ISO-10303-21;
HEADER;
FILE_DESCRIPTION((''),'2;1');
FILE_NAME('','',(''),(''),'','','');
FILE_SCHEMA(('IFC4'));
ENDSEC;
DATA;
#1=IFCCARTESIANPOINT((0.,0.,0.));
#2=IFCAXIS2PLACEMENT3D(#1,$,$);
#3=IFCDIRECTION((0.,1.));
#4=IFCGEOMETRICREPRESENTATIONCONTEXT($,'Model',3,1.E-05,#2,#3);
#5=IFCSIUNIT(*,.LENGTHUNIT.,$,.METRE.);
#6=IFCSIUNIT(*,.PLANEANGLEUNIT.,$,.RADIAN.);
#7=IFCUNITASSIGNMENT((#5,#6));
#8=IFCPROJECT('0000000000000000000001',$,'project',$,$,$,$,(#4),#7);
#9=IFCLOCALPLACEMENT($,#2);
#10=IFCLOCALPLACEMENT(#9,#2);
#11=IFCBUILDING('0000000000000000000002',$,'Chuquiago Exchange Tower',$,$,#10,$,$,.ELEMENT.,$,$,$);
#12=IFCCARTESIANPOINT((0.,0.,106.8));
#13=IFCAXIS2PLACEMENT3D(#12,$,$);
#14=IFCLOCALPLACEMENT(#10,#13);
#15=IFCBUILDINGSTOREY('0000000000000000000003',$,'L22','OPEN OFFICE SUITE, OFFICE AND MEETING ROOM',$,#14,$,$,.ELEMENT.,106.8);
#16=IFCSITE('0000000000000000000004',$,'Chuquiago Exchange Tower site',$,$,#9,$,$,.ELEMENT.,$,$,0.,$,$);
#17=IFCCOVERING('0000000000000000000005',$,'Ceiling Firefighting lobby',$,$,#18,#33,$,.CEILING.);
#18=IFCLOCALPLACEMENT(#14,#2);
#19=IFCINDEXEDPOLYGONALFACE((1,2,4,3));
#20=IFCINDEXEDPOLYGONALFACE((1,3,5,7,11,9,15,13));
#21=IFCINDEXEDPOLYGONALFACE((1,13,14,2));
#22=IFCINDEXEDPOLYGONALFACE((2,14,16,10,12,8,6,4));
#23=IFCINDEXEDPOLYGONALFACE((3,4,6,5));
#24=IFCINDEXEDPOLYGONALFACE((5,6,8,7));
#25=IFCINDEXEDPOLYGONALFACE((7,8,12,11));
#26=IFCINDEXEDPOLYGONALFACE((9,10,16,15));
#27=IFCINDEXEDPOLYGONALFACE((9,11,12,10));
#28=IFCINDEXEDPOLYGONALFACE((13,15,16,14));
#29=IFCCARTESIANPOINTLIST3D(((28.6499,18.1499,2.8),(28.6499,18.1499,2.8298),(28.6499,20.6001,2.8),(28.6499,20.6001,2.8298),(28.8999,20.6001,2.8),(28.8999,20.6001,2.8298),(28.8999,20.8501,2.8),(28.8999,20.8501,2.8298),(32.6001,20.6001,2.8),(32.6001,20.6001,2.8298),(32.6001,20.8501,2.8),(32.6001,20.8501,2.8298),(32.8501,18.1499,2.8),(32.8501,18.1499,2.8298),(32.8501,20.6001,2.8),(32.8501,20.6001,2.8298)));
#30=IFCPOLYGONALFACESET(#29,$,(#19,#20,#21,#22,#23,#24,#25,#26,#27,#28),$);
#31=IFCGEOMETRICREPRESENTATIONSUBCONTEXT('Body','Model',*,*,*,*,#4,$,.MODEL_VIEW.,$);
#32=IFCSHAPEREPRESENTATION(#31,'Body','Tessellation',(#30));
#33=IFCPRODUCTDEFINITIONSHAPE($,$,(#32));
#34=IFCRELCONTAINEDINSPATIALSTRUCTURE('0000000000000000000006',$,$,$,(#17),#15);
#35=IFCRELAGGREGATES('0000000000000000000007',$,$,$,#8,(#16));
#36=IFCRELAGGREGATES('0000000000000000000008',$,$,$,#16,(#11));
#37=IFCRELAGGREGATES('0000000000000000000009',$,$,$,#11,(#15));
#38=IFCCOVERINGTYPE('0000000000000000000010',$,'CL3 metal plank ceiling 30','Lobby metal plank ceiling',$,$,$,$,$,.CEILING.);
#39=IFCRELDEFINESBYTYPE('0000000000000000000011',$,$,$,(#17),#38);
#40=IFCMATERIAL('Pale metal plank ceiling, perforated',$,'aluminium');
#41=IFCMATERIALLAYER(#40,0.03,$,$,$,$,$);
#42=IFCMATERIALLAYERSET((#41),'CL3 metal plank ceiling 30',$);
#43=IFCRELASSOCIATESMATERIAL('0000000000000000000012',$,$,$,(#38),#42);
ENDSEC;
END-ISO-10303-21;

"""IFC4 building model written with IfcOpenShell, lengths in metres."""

from ifc_helpers import new_model, si_unit, direction, frame, origin, place, context, subcontext, project, spatial, polyline, outline, extrude, material, layer, layer_set, type_object, element, save


model = new_model("IFC4")

# Units and contexts
model_context = context("Model", 3, precision=1e-05, world=origin(), true_north=direction((0.0, 1.0)))
body_context = subcontext(model_context, "Body", "Model", "MODEL_VIEW")
ifc_project = project(units=[si_unit("LENGTHUNIT", "METRE"), si_unit("PLANEANGLEUNIT", "RADIAN")], contexts=[model_context])

# Site, building, storey
site_placement = place(None, origin())
site = spatial("IfcSite", under=ifc_project, at=site_placement, Name="Chuquiago Exchange Tower site", CompositionType="ELEMENT", RefElevation=0.0)
building_placement = place(site_placement, origin())
building = spatial("IfcBuilding", under=site, at=building_placement, Name="Chuquiago Exchange Tower", CompositionType="ELEMENT")
storey_placement = place(building_placement, frame((0.0, 0.0, 106.8)))
storey = spatial("IfcBuildingStorey", under=building, at=storey_placement, Name="L22", Description="OPEN OFFICE SUITE, OFFICE AND MEETING ROOM", CompositionType="ELEMENT", Elevation=106.8)

# Covering
ifc_material_1 = material(Name="Pale metal plank ceiling, perforated", Category="aluminium")
ifc_layer_1 = layer(ifc_material_1, 0.03)
ifc_layer_set_1 = layer_set([ifc_layer_1], Name="CL3 metal plank ceiling 30")
covering_type_1 = type_object("IfcCoveringType", Name="CL3 metal plank ceiling 30", Description="Lobby metal plank ceiling", PredefinedType="CEILING", material=ifc_layer_set_1)
covering_1_placement = place(storey_placement, frame((0.0, 0.0, 2.8)))
element("IfcCovering", 1, at=covering_1_placement, inside=storey, type_object=covering_type_1, Name="Ceiling Firefighting lobby", PredefinedType="CEILING", context=body_context, shape_type="SweptSolid", body=[
    extrude(outline(polyline([(28.6499, 18.1499), (28.6499, 20.6001), (28.8999, 20.6001), (28.8999, 20.8501), (32.6001, 20.8501), (32.6001, 20.6001), (32.8501, 20.6001), (32.8501, 18.1499), (28.6499, 18.1499)])), origin(), (0.0, 0.0, 1.0), 0.0298),
])

save(model, "model.ifc")
